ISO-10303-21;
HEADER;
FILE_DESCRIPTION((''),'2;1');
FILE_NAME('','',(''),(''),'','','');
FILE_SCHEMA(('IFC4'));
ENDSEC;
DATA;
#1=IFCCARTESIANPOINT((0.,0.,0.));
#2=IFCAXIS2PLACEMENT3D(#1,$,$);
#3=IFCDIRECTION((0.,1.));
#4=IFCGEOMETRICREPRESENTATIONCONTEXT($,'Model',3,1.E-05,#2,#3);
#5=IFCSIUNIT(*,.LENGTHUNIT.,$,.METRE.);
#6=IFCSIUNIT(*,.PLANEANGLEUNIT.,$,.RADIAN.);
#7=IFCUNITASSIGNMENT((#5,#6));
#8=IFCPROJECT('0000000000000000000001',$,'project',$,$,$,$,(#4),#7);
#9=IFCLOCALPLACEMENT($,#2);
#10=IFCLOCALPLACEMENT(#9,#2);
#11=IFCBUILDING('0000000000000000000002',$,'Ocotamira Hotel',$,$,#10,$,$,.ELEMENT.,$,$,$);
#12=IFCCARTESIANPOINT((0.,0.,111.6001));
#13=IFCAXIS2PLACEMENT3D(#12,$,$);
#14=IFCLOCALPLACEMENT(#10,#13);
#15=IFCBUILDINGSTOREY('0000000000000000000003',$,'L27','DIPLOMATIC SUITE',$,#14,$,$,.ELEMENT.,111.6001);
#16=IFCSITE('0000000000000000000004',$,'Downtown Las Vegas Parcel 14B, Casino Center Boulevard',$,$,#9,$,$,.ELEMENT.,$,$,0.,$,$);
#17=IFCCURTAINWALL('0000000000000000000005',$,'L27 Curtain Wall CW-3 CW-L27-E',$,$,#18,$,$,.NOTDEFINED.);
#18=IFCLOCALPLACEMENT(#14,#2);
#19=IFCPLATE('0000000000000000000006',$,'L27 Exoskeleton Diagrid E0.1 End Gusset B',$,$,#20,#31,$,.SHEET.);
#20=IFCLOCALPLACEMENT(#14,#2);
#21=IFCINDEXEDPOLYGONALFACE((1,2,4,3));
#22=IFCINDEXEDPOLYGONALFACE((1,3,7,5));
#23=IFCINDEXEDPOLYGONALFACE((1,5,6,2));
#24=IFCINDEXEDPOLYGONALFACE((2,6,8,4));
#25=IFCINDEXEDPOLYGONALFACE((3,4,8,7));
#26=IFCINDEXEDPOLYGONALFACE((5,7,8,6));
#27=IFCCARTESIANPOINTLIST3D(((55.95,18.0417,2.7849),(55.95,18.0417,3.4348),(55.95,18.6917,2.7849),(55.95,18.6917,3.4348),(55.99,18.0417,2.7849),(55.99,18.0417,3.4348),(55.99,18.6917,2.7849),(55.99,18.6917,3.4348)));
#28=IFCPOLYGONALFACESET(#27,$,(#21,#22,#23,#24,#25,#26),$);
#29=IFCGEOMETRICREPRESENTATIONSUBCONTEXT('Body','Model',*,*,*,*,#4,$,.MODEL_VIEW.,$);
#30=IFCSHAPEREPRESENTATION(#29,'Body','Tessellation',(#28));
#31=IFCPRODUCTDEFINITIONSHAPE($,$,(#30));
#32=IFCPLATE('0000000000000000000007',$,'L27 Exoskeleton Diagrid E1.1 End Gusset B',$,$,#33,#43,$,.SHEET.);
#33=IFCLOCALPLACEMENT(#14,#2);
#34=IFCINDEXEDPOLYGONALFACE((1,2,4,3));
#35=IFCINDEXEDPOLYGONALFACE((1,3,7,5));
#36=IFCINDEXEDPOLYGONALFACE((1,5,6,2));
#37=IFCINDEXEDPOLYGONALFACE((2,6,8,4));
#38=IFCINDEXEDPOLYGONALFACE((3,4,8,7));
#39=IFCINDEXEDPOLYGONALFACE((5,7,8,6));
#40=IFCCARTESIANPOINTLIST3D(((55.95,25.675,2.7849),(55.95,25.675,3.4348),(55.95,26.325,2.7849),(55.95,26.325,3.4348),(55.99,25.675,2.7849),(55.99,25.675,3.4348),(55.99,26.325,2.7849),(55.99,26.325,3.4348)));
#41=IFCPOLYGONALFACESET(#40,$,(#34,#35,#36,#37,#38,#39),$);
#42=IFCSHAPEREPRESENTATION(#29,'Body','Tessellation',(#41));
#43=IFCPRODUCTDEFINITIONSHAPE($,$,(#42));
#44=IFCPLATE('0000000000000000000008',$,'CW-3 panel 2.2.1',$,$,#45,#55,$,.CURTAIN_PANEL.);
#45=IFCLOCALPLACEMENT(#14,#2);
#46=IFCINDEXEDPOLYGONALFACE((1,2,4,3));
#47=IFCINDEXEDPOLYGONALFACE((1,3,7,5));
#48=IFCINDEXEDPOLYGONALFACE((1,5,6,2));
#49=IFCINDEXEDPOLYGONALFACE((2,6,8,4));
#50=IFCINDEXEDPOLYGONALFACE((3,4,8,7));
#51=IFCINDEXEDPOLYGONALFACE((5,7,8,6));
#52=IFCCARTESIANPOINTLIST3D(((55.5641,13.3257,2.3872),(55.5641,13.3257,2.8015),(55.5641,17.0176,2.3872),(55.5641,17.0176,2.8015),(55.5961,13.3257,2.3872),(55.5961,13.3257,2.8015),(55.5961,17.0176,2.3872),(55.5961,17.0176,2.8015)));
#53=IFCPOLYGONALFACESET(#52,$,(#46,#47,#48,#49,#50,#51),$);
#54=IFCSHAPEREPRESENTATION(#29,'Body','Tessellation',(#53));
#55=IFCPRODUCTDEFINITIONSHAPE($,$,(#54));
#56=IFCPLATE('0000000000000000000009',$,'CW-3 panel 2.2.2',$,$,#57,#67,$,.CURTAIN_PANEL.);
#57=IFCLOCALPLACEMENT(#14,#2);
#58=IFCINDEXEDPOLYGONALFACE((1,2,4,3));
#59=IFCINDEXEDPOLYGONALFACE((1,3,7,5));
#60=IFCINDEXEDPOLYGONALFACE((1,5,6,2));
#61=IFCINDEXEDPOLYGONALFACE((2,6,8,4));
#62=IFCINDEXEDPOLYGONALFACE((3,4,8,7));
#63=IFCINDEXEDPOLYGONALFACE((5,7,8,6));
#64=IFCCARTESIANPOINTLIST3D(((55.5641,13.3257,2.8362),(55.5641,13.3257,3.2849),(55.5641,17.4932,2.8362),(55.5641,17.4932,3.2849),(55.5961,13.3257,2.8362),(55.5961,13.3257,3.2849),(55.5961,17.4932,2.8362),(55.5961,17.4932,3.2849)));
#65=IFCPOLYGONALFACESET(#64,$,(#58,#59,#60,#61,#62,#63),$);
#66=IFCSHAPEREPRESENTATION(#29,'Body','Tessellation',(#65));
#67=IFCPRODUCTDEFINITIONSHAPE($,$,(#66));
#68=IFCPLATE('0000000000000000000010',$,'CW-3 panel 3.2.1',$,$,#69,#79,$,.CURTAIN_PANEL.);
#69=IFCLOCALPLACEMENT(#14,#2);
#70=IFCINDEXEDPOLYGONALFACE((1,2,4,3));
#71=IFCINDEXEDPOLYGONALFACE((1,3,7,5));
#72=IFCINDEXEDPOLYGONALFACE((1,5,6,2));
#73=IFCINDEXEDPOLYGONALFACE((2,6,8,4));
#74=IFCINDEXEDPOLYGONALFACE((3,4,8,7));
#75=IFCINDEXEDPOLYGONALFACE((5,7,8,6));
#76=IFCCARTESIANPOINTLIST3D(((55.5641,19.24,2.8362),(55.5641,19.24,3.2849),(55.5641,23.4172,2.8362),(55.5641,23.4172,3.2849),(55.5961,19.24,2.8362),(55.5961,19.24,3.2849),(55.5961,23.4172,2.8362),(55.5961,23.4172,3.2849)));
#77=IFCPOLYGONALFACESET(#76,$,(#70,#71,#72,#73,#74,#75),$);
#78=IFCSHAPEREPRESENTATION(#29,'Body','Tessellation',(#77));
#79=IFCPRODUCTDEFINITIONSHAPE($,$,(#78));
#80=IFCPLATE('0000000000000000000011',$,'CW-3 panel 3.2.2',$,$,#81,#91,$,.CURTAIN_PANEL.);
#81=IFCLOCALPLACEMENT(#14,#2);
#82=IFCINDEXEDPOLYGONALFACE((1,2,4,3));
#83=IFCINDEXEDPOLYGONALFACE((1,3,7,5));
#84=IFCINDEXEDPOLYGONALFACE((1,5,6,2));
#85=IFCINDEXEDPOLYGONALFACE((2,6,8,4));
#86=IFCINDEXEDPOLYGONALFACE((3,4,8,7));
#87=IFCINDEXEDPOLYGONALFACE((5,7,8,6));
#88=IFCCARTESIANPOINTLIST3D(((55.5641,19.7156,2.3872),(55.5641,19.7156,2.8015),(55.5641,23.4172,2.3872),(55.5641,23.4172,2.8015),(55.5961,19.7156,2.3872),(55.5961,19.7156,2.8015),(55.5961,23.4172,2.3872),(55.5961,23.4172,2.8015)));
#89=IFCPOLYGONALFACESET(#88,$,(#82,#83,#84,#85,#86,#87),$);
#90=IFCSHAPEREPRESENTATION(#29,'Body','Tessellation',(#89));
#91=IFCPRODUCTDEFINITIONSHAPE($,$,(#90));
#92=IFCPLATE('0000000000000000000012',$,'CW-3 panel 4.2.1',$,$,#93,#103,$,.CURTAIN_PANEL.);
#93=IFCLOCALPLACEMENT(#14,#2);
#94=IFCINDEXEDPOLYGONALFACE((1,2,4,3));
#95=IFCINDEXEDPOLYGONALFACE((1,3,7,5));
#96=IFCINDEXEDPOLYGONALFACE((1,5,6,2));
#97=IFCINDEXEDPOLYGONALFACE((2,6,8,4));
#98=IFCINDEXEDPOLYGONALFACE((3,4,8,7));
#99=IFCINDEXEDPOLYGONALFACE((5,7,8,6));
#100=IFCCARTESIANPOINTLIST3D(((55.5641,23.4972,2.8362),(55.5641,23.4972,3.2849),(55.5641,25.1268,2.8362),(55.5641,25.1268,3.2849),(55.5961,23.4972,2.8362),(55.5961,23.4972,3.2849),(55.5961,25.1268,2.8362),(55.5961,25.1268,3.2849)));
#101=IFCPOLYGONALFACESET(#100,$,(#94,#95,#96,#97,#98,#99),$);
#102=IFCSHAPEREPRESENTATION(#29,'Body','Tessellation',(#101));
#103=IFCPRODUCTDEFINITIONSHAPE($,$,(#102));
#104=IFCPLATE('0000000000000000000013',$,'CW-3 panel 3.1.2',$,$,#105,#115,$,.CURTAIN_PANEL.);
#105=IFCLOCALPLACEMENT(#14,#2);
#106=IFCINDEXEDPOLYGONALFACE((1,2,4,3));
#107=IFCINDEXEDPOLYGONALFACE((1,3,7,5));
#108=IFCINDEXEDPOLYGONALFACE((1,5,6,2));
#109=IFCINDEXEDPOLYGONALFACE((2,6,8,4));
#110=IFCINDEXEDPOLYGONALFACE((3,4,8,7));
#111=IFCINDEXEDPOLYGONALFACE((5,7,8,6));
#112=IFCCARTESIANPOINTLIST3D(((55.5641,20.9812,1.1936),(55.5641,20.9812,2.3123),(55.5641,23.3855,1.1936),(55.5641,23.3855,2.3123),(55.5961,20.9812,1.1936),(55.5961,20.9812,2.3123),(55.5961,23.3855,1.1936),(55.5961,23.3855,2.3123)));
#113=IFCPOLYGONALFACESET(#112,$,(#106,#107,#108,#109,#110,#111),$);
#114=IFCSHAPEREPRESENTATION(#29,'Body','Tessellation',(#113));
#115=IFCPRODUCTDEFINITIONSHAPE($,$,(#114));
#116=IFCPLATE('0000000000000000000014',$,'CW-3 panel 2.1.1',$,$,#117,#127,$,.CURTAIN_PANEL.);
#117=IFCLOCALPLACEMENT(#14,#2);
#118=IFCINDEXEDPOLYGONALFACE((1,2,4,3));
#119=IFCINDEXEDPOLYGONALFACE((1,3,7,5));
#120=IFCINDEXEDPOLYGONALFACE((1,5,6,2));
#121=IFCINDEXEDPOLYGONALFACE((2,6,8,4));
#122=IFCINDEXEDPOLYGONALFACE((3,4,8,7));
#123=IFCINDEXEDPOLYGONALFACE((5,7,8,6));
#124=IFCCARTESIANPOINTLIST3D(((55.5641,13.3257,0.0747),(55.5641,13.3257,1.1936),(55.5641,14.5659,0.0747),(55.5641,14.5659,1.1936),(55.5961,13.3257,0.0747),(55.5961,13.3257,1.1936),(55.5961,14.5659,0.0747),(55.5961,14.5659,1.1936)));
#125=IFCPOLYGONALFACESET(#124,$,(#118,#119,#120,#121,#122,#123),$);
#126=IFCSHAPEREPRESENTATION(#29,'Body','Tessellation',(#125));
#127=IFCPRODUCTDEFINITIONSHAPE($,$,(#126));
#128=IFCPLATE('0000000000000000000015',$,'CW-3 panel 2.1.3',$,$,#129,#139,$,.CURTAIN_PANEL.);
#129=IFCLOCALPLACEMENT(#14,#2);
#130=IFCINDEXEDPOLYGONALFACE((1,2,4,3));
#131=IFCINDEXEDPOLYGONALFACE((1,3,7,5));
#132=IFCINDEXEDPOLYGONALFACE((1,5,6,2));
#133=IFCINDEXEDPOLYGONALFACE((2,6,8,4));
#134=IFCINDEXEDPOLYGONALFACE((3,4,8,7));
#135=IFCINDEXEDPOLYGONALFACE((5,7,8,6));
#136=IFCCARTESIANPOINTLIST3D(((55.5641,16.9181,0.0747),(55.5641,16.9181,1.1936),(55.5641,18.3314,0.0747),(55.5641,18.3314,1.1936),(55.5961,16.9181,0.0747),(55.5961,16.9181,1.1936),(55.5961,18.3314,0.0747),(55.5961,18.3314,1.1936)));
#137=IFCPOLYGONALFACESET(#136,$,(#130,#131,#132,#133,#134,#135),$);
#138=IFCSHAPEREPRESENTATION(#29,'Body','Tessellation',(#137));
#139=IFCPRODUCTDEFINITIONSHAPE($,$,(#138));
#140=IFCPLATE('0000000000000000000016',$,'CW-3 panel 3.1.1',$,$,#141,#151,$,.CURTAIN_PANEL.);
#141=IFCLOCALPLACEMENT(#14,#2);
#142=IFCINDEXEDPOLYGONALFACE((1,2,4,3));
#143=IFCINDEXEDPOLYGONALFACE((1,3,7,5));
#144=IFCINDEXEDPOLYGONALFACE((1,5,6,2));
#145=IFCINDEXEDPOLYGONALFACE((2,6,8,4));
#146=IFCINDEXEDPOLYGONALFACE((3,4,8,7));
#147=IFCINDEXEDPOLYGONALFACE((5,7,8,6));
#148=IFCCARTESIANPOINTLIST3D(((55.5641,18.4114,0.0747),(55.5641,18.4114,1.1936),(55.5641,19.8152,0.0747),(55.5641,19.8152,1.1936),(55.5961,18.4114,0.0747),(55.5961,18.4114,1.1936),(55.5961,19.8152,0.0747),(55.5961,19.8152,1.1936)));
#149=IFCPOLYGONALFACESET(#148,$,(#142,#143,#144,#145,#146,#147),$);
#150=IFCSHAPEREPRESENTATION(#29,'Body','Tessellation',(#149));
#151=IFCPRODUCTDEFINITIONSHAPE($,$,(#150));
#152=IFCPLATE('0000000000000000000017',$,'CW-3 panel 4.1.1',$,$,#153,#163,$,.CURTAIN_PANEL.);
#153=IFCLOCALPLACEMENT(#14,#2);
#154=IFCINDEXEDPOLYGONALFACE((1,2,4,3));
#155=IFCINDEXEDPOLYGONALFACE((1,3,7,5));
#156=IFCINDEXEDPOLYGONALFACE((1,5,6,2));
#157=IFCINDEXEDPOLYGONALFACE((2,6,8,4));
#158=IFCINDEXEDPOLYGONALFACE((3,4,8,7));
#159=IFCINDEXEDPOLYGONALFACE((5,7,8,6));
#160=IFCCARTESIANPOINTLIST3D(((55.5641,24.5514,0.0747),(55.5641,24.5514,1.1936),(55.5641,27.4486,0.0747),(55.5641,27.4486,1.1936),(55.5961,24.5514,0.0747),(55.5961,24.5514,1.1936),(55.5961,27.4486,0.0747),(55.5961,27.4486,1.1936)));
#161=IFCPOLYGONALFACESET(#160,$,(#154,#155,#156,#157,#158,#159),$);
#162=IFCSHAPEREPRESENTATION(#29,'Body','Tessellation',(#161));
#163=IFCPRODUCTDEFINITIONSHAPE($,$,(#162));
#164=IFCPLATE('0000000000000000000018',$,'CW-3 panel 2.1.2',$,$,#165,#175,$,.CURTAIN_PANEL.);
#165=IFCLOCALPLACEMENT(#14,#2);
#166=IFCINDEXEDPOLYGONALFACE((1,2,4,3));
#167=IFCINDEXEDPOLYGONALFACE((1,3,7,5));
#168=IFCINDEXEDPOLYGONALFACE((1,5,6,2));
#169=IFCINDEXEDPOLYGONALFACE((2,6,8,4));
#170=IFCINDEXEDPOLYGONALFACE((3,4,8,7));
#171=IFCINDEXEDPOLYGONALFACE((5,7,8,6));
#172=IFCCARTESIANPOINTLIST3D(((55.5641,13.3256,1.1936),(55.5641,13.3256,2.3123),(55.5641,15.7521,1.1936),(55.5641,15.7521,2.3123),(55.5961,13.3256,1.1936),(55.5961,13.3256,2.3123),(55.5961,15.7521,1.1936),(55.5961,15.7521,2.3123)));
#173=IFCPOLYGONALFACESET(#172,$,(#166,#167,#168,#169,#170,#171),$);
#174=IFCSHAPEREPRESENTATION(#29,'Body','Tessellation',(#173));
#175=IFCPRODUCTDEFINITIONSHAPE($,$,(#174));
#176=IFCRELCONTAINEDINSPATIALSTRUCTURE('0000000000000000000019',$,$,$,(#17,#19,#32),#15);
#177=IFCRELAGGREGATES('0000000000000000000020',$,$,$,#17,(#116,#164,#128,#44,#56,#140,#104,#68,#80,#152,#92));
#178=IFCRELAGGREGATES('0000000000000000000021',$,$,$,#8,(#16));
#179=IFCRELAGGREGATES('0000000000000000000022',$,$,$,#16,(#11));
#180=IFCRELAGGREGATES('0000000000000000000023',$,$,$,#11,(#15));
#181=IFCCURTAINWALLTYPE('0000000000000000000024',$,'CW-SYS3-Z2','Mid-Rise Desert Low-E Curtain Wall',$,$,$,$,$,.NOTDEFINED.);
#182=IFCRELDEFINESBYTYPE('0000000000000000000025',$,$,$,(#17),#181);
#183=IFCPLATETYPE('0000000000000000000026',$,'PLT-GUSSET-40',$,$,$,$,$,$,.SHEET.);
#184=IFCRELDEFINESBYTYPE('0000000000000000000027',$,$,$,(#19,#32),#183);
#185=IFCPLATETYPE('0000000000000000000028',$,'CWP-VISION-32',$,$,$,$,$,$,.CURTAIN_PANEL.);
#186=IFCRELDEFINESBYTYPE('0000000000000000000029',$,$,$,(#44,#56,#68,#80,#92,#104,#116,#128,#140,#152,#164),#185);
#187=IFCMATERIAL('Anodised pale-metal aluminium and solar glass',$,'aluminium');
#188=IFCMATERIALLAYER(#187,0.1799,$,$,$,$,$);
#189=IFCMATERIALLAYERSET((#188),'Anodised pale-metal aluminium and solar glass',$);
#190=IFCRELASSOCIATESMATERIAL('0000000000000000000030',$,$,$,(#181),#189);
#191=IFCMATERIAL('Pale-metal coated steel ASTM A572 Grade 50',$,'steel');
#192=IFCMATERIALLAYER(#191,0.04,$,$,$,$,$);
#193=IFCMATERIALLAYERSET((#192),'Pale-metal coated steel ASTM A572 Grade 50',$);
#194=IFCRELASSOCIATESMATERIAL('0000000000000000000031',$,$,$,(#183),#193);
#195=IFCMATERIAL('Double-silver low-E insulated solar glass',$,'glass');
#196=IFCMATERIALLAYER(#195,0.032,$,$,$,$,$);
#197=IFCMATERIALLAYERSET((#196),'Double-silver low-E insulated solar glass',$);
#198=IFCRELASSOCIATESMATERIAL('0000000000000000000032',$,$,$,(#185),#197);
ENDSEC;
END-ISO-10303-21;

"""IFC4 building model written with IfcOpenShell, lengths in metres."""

from ifc_helpers import new_model, si_unit, direction, frame, origin, origin_2d, place, context, subcontext, project, spatial, rectangle, extrude, source, transform, mapped, material, layer, layer_set, type_object, element, aggregate, save


model = new_model("IFC4")

# Units and contexts
model_context = context("Model", 3, precision=1e-05, world=origin(), true_north=direction((0.0, 1.0)))
body_context = subcontext(model_context, "Body", "Model", "MODEL_VIEW")
ifc_project = project(units=[si_unit("LENGTHUNIT", "METRE"), si_unit("PLANEANGLEUNIT", "RADIAN")], contexts=[model_context])

# Site, building, storey
site_placement = place(None, origin())
site = spatial("IfcSite", under=ifc_project, at=site_placement, Name="Downtown Las Vegas Parcel 14B, Casino Center Boulevard", CompositionType="ELEMENT", RefElevation=0.0)
building_placement = place(site_placement, origin())
building = spatial("IfcBuilding", under=site, at=building_placement, Name="Ocotamira Hotel", CompositionType="ELEMENT")
storey_placement = place(building_placement, frame((0.0, 0.0, 111.6001)))
storey = spatial("IfcBuildingStorey", under=building, at=storey_placement, Name="L27", Description="DIPLOMATIC SUITE", CompositionType="ELEMENT", Elevation=111.6001)

# Curtain wall
ifc_material_1 = material(Name="Anodised pale-metal aluminium and solar glass", Category="aluminium")
ifc_layer_1 = layer(ifc_material_1, 0.1799)
ifc_layer_set_1 = layer_set([ifc_layer_1], Name="Anodised pale-metal aluminium and solar glass")
curtain_wall_type = type_object("IfcCurtainWallType", Name="CW-SYS3-Z2", Description="Mid-Rise Desert Low-E Curtain Wall", PredefinedType="NOTDEFINED", material=ifc_layer_set_1)
curtain_wall_placement = place(storey_placement, origin())
curtain_wall = element("IfcCurtainWall", 1, at=curtain_wall_placement, inside=storey, type_object=curtain_wall_type, Name="L27 Curtain Wall CW-3 CW-L27-E", PredefinedType="NOTDEFINED")

# Plates
ifc_material_2 = material(Name="Pale-metal coated steel ASTM A572 Grade 50", Category="steel")
ifc_layer_2 = layer(ifc_material_2, 0.04)
ifc_layer_set_2 = layer_set([ifc_layer_2], Name="Pale-metal coated steel ASTM A572 Grade 50")
plate_type_1 = type_object("IfcPlateType", Name="PLT-GUSSET-40", PredefinedType="SHEET", material=ifc_layer_set_2)
shared_shape_1 = source(origin(), body_context, "Body", "SweptSolid", [
    extrude(rectangle(XDim=0.04, YDim=0.6499, at=origin_2d()), origin(), (0.0, 0.0, 1.0), 0.6499),
])
for number, where, z_axis, x_axis, name in (
    (2, (55.97, 18.3667, 2.7849), (0.0, 0.0, 1.0), (1.0, 0.0, 0.0), "L27 Exoskeleton Diagrid E0.1 End Gusset B"),
    (3, (55.97, 26.0, 2.7849), (0.0, 0.0, 1.0), (1.0, 0.0, 0.0), "L27 Exoskeleton Diagrid E1.1 End Gusset B"),
):
    element("IfcPlate", number, at=place(storey_placement, frame(where, z_axis=z_axis, x_axis=x_axis)), inside=storey, type_object=plate_type_1, Name=name, PredefinedType="SHEET", context=body_context, shape_type="MappedRepresentation", body=[
        mapped(shared_shape_1, transform((0.0, 0.0, 0.0), scale=1.0)),
    ])

# Plates
ifc_material_3 = material(Name="Double-silver low-E insulated solar glass", Category="glass")
ifc_layer_3 = layer(ifc_material_3, 0.032)
ifc_layer_set_3 = layer_set([ifc_layer_3], Name="Double-silver low-E insulated solar glass")
plate_type_2 = type_object("IfcPlateType", Name="CWP-VISION-32", PredefinedType="CURTAIN_PANEL", material=ifc_layer_set_3)
shared_shape_2 = source(origin(), body_context, "Body", "SweptSolid", [
    extrude(rectangle(XDim=3.6919, YDim=0.032, at=origin_2d()), origin(), (0.0, 0.0, 1.0), 0.4143),
])
plate_1_placement = place(storey_placement, frame((55.5801, 15.1716, 2.3872), z_axis=(0.0, 0.0, 1.0), x_axis=(0.0, 1.0, 0.0)))
plate_1 = element("IfcPlate", 4, at=plate_1_placement, type_object=plate_type_2, Name="CW-3 panel 2.2.1", PredefinedType="CURTAIN_PANEL", context=body_context, shape_type="MappedRepresentation", body=[
    mapped(shared_shape_2, transform((0.0, 0.0, 0.0), scale=1.0)),
])
shared_shape_3 = source(origin(), body_context, "Body", "SweptSolid", [
    extrude(rectangle(XDim=4.1675, YDim=0.032, at=origin_2d()), origin(), (0.0, 0.0, 1.0), 0.4487),
])
plate_2_placement = place(storey_placement, frame((55.5801, 15.4094, 2.8362), z_axis=(0.0, 0.0, 1.0), x_axis=(0.0, 1.0, 0.0)))
plate_2 = element("IfcPlate", 5, at=plate_2_placement, type_object=plate_type_2, Name="CW-3 panel 2.2.2", PredefinedType="CURTAIN_PANEL", context=body_context, shape_type="MappedRepresentation", body=[
    mapped(shared_shape_3, transform((0.0, 0.0, 0.0), scale=1.0)),
])
shared_shape_4 = source(origin(), body_context, "Body", "SweptSolid", [
    extrude(rectangle(XDim=4.1772, YDim=0.032, at=origin_2d()), origin(), (0.0, 0.0, 1.0), 0.4487),
])
plate_3_placement = place(storey_placement, frame((55.5801, 21.3286, 2.8362), z_axis=(0.0, 0.0, 1.0), x_axis=(0.0, 1.0, 0.0)))
plate_3 = element("IfcPlate", 6, at=plate_3_placement, type_object=plate_type_2, Name="CW-3 panel 3.2.1", PredefinedType="CURTAIN_PANEL", context=body_context, shape_type="MappedRepresentation", body=[
    mapped(shared_shape_4, transform((0.0, 0.0, 0.0), scale=1.0)),
])
shared_shape_5 = source(origin(), body_context, "Body", "SweptSolid", [
    extrude(rectangle(XDim=3.7017, YDim=0.032, at=origin_2d()), origin(), (0.0, 0.0, 1.0), 0.4143),
])
plate_4_placement = place(storey_placement, frame((55.5801, 21.5664, 2.3872), z_axis=(0.0, 0.0, 1.0), x_axis=(0.0, 1.0, 0.0)))
plate_4 = element("IfcPlate", 7, at=plate_4_placement, type_object=plate_type_2, Name="CW-3 panel 3.2.2", PredefinedType="CURTAIN_PANEL", context=body_context, shape_type="MappedRepresentation", body=[
    mapped(shared_shape_5, transform((0.0, 0.0, 0.0), scale=1.0)),
])
shared_shape_6 = source(origin(), body_context, "Body", "SweptSolid", [
    extrude(rectangle(XDim=1.6296, YDim=0.032, at=origin_2d()), origin(), (0.0, 0.0, 1.0), 0.4487),
])
plate_5_placement = place(storey_placement, frame((55.5801, 24.312, 2.8362), z_axis=(0.0, 0.0, 1.0), x_axis=(0.0, 1.0, 0.0)))
plate_5 = element("IfcPlate", 8, at=plate_5_placement, type_object=plate_type_2, Name="CW-3 panel 4.2.1", PredefinedType="CURTAIN_PANEL", context=body_context, shape_type="MappedRepresentation", body=[
    mapped(shared_shape_6, transform((0.0, 0.0, 0.0), scale=1.0)),
])
shared_shape_7 = source(origin(), body_context, "Body", "SweptSolid", [
    extrude(rectangle(XDim=2.4043, YDim=0.032, at=origin_2d()), origin(), (0.0, 0.0, 1.0), 1.1187),
])
plate_6_placement = place(storey_placement, frame((55.5801, 22.1833, 1.1936), z_axis=(0.0, 0.0, 1.0), x_axis=(0.0, 1.0, 0.0)))
plate_6 = element("IfcPlate", 9, at=plate_6_placement, type_object=plate_type_2, Name="CW-3 panel 3.1.2", PredefinedType="CURTAIN_PANEL", context=body_context, shape_type="MappedRepresentation", body=[
    mapped(shared_shape_7, transform((0.0, 0.0, 0.0), scale=1.0)),
])
shared_shape_8 = source(origin(), body_context, "Body", "SweptSolid", [
    extrude(rectangle(XDim=1.2402, YDim=0.032, at=origin_2d()), origin(), (0.0, 0.0, 1.0), 1.1189),
])
plate_7_placement = place(storey_placement, frame((55.5801, 13.9458, 0.0747), z_axis=(0.0, 0.0, 1.0), x_axis=(0.0, 1.0, 0.0)))
plate_7 = element("IfcPlate", 10, at=plate_7_placement, type_object=plate_type_2, Name="CW-3 panel 2.1.1", PredefinedType="CURTAIN_PANEL", context=body_context, shape_type="MappedRepresentation", body=[
    mapped(shared_shape_8, transform((0.0, 0.0, 0.0), scale=1.0)),
])
shared_shape_9 = source(origin(), body_context, "Body", "SweptSolid", [
    extrude(rectangle(XDim=1.4133, YDim=0.032, at=origin_2d()), origin(), (0.0, 0.0, 1.0), 1.1189),
])
plate_8_placement = place(storey_placement, frame((55.5801, 17.6248, 0.0747), z_axis=(0.0, 0.0, 1.0), x_axis=(0.0, 1.0, 0.0)))
plate_8 = element("IfcPlate", 11, at=plate_8_placement, type_object=plate_type_2, Name="CW-3 panel 2.1.3", PredefinedType="CURTAIN_PANEL", context=body_context, shape_type="MappedRepresentation", body=[
    mapped(shared_shape_9, transform((0.0, 0.0, 0.0), scale=1.0)),
])
shared_shape_10 = source(origin(), body_context, "Body", "SweptSolid", [
    extrude(rectangle(XDim=1.4038, YDim=0.032, at=origin_2d()), origin(), (0.0, 0.0, 1.0), 1.1189),
])
plate_9_placement = place(storey_placement, frame((55.5801, 19.1133, 0.0747), z_axis=(0.0, 0.0, 1.0), x_axis=(0.0, 1.0, 0.0)))
plate_9 = element("IfcPlate", 12, at=plate_9_placement, type_object=plate_type_2, Name="CW-3 panel 3.1.1", PredefinedType="CURTAIN_PANEL", context=body_context, shape_type="MappedRepresentation", body=[
    mapped(shared_shape_10, transform((0.0, 0.0, 0.0), scale=1.0)),
])
shared_shape_11 = source(origin(), body_context, "Body", "SweptSolid", [
    extrude(rectangle(XDim=2.8972, YDim=0.032, at=origin_2d()), origin(), (0.0, 0.0, 1.0), 1.1189),
])
plate_10_placement = place(storey_placement, frame((55.5801, 26.0, 0.0747), z_axis=(0.0, 0.0, 1.0), x_axis=(0.0, 1.0, 0.0)))
plate_10 = element("IfcPlate", 13, at=plate_10_placement, type_object=plate_type_2, Name="CW-3 panel 4.1.1", PredefinedType="CURTAIN_PANEL", context=body_context, shape_type="MappedRepresentation", body=[
    mapped(shared_shape_11, transform((0.0, 0.0, 0.0), scale=1.0)),
])
shared_shape_12 = source(origin(), body_context, "Body", "SweptSolid", [
    extrude(rectangle(XDim=2.4265, YDim=0.032, at=origin_2d()), origin(), (0.0, 0.0, 1.0), 1.1187),
])
plate_11_placement = place(storey_placement, frame((55.5801, 14.5388, 1.1936), z_axis=(0.0, 0.0, 1.0), x_axis=(0.0, 1.0, 0.0)))
plate_11 = element("IfcPlate", 14, at=plate_11_placement, type_object=plate_type_2, Name="CW-3 panel 2.1.2", PredefinedType="CURTAIN_PANEL", context=body_context, shape_type="MappedRepresentation", body=[
    mapped(shared_shape_12, transform((0.0, 0.0, 0.0), scale=1.0)),
])
aggregate(curtain_wall, [plate_7, plate_11, plate_8, plate_1, plate_2, plate_9, plate_6, plate_3, plate_4, plate_10, plate_5])

save(model, "model.ifc")
